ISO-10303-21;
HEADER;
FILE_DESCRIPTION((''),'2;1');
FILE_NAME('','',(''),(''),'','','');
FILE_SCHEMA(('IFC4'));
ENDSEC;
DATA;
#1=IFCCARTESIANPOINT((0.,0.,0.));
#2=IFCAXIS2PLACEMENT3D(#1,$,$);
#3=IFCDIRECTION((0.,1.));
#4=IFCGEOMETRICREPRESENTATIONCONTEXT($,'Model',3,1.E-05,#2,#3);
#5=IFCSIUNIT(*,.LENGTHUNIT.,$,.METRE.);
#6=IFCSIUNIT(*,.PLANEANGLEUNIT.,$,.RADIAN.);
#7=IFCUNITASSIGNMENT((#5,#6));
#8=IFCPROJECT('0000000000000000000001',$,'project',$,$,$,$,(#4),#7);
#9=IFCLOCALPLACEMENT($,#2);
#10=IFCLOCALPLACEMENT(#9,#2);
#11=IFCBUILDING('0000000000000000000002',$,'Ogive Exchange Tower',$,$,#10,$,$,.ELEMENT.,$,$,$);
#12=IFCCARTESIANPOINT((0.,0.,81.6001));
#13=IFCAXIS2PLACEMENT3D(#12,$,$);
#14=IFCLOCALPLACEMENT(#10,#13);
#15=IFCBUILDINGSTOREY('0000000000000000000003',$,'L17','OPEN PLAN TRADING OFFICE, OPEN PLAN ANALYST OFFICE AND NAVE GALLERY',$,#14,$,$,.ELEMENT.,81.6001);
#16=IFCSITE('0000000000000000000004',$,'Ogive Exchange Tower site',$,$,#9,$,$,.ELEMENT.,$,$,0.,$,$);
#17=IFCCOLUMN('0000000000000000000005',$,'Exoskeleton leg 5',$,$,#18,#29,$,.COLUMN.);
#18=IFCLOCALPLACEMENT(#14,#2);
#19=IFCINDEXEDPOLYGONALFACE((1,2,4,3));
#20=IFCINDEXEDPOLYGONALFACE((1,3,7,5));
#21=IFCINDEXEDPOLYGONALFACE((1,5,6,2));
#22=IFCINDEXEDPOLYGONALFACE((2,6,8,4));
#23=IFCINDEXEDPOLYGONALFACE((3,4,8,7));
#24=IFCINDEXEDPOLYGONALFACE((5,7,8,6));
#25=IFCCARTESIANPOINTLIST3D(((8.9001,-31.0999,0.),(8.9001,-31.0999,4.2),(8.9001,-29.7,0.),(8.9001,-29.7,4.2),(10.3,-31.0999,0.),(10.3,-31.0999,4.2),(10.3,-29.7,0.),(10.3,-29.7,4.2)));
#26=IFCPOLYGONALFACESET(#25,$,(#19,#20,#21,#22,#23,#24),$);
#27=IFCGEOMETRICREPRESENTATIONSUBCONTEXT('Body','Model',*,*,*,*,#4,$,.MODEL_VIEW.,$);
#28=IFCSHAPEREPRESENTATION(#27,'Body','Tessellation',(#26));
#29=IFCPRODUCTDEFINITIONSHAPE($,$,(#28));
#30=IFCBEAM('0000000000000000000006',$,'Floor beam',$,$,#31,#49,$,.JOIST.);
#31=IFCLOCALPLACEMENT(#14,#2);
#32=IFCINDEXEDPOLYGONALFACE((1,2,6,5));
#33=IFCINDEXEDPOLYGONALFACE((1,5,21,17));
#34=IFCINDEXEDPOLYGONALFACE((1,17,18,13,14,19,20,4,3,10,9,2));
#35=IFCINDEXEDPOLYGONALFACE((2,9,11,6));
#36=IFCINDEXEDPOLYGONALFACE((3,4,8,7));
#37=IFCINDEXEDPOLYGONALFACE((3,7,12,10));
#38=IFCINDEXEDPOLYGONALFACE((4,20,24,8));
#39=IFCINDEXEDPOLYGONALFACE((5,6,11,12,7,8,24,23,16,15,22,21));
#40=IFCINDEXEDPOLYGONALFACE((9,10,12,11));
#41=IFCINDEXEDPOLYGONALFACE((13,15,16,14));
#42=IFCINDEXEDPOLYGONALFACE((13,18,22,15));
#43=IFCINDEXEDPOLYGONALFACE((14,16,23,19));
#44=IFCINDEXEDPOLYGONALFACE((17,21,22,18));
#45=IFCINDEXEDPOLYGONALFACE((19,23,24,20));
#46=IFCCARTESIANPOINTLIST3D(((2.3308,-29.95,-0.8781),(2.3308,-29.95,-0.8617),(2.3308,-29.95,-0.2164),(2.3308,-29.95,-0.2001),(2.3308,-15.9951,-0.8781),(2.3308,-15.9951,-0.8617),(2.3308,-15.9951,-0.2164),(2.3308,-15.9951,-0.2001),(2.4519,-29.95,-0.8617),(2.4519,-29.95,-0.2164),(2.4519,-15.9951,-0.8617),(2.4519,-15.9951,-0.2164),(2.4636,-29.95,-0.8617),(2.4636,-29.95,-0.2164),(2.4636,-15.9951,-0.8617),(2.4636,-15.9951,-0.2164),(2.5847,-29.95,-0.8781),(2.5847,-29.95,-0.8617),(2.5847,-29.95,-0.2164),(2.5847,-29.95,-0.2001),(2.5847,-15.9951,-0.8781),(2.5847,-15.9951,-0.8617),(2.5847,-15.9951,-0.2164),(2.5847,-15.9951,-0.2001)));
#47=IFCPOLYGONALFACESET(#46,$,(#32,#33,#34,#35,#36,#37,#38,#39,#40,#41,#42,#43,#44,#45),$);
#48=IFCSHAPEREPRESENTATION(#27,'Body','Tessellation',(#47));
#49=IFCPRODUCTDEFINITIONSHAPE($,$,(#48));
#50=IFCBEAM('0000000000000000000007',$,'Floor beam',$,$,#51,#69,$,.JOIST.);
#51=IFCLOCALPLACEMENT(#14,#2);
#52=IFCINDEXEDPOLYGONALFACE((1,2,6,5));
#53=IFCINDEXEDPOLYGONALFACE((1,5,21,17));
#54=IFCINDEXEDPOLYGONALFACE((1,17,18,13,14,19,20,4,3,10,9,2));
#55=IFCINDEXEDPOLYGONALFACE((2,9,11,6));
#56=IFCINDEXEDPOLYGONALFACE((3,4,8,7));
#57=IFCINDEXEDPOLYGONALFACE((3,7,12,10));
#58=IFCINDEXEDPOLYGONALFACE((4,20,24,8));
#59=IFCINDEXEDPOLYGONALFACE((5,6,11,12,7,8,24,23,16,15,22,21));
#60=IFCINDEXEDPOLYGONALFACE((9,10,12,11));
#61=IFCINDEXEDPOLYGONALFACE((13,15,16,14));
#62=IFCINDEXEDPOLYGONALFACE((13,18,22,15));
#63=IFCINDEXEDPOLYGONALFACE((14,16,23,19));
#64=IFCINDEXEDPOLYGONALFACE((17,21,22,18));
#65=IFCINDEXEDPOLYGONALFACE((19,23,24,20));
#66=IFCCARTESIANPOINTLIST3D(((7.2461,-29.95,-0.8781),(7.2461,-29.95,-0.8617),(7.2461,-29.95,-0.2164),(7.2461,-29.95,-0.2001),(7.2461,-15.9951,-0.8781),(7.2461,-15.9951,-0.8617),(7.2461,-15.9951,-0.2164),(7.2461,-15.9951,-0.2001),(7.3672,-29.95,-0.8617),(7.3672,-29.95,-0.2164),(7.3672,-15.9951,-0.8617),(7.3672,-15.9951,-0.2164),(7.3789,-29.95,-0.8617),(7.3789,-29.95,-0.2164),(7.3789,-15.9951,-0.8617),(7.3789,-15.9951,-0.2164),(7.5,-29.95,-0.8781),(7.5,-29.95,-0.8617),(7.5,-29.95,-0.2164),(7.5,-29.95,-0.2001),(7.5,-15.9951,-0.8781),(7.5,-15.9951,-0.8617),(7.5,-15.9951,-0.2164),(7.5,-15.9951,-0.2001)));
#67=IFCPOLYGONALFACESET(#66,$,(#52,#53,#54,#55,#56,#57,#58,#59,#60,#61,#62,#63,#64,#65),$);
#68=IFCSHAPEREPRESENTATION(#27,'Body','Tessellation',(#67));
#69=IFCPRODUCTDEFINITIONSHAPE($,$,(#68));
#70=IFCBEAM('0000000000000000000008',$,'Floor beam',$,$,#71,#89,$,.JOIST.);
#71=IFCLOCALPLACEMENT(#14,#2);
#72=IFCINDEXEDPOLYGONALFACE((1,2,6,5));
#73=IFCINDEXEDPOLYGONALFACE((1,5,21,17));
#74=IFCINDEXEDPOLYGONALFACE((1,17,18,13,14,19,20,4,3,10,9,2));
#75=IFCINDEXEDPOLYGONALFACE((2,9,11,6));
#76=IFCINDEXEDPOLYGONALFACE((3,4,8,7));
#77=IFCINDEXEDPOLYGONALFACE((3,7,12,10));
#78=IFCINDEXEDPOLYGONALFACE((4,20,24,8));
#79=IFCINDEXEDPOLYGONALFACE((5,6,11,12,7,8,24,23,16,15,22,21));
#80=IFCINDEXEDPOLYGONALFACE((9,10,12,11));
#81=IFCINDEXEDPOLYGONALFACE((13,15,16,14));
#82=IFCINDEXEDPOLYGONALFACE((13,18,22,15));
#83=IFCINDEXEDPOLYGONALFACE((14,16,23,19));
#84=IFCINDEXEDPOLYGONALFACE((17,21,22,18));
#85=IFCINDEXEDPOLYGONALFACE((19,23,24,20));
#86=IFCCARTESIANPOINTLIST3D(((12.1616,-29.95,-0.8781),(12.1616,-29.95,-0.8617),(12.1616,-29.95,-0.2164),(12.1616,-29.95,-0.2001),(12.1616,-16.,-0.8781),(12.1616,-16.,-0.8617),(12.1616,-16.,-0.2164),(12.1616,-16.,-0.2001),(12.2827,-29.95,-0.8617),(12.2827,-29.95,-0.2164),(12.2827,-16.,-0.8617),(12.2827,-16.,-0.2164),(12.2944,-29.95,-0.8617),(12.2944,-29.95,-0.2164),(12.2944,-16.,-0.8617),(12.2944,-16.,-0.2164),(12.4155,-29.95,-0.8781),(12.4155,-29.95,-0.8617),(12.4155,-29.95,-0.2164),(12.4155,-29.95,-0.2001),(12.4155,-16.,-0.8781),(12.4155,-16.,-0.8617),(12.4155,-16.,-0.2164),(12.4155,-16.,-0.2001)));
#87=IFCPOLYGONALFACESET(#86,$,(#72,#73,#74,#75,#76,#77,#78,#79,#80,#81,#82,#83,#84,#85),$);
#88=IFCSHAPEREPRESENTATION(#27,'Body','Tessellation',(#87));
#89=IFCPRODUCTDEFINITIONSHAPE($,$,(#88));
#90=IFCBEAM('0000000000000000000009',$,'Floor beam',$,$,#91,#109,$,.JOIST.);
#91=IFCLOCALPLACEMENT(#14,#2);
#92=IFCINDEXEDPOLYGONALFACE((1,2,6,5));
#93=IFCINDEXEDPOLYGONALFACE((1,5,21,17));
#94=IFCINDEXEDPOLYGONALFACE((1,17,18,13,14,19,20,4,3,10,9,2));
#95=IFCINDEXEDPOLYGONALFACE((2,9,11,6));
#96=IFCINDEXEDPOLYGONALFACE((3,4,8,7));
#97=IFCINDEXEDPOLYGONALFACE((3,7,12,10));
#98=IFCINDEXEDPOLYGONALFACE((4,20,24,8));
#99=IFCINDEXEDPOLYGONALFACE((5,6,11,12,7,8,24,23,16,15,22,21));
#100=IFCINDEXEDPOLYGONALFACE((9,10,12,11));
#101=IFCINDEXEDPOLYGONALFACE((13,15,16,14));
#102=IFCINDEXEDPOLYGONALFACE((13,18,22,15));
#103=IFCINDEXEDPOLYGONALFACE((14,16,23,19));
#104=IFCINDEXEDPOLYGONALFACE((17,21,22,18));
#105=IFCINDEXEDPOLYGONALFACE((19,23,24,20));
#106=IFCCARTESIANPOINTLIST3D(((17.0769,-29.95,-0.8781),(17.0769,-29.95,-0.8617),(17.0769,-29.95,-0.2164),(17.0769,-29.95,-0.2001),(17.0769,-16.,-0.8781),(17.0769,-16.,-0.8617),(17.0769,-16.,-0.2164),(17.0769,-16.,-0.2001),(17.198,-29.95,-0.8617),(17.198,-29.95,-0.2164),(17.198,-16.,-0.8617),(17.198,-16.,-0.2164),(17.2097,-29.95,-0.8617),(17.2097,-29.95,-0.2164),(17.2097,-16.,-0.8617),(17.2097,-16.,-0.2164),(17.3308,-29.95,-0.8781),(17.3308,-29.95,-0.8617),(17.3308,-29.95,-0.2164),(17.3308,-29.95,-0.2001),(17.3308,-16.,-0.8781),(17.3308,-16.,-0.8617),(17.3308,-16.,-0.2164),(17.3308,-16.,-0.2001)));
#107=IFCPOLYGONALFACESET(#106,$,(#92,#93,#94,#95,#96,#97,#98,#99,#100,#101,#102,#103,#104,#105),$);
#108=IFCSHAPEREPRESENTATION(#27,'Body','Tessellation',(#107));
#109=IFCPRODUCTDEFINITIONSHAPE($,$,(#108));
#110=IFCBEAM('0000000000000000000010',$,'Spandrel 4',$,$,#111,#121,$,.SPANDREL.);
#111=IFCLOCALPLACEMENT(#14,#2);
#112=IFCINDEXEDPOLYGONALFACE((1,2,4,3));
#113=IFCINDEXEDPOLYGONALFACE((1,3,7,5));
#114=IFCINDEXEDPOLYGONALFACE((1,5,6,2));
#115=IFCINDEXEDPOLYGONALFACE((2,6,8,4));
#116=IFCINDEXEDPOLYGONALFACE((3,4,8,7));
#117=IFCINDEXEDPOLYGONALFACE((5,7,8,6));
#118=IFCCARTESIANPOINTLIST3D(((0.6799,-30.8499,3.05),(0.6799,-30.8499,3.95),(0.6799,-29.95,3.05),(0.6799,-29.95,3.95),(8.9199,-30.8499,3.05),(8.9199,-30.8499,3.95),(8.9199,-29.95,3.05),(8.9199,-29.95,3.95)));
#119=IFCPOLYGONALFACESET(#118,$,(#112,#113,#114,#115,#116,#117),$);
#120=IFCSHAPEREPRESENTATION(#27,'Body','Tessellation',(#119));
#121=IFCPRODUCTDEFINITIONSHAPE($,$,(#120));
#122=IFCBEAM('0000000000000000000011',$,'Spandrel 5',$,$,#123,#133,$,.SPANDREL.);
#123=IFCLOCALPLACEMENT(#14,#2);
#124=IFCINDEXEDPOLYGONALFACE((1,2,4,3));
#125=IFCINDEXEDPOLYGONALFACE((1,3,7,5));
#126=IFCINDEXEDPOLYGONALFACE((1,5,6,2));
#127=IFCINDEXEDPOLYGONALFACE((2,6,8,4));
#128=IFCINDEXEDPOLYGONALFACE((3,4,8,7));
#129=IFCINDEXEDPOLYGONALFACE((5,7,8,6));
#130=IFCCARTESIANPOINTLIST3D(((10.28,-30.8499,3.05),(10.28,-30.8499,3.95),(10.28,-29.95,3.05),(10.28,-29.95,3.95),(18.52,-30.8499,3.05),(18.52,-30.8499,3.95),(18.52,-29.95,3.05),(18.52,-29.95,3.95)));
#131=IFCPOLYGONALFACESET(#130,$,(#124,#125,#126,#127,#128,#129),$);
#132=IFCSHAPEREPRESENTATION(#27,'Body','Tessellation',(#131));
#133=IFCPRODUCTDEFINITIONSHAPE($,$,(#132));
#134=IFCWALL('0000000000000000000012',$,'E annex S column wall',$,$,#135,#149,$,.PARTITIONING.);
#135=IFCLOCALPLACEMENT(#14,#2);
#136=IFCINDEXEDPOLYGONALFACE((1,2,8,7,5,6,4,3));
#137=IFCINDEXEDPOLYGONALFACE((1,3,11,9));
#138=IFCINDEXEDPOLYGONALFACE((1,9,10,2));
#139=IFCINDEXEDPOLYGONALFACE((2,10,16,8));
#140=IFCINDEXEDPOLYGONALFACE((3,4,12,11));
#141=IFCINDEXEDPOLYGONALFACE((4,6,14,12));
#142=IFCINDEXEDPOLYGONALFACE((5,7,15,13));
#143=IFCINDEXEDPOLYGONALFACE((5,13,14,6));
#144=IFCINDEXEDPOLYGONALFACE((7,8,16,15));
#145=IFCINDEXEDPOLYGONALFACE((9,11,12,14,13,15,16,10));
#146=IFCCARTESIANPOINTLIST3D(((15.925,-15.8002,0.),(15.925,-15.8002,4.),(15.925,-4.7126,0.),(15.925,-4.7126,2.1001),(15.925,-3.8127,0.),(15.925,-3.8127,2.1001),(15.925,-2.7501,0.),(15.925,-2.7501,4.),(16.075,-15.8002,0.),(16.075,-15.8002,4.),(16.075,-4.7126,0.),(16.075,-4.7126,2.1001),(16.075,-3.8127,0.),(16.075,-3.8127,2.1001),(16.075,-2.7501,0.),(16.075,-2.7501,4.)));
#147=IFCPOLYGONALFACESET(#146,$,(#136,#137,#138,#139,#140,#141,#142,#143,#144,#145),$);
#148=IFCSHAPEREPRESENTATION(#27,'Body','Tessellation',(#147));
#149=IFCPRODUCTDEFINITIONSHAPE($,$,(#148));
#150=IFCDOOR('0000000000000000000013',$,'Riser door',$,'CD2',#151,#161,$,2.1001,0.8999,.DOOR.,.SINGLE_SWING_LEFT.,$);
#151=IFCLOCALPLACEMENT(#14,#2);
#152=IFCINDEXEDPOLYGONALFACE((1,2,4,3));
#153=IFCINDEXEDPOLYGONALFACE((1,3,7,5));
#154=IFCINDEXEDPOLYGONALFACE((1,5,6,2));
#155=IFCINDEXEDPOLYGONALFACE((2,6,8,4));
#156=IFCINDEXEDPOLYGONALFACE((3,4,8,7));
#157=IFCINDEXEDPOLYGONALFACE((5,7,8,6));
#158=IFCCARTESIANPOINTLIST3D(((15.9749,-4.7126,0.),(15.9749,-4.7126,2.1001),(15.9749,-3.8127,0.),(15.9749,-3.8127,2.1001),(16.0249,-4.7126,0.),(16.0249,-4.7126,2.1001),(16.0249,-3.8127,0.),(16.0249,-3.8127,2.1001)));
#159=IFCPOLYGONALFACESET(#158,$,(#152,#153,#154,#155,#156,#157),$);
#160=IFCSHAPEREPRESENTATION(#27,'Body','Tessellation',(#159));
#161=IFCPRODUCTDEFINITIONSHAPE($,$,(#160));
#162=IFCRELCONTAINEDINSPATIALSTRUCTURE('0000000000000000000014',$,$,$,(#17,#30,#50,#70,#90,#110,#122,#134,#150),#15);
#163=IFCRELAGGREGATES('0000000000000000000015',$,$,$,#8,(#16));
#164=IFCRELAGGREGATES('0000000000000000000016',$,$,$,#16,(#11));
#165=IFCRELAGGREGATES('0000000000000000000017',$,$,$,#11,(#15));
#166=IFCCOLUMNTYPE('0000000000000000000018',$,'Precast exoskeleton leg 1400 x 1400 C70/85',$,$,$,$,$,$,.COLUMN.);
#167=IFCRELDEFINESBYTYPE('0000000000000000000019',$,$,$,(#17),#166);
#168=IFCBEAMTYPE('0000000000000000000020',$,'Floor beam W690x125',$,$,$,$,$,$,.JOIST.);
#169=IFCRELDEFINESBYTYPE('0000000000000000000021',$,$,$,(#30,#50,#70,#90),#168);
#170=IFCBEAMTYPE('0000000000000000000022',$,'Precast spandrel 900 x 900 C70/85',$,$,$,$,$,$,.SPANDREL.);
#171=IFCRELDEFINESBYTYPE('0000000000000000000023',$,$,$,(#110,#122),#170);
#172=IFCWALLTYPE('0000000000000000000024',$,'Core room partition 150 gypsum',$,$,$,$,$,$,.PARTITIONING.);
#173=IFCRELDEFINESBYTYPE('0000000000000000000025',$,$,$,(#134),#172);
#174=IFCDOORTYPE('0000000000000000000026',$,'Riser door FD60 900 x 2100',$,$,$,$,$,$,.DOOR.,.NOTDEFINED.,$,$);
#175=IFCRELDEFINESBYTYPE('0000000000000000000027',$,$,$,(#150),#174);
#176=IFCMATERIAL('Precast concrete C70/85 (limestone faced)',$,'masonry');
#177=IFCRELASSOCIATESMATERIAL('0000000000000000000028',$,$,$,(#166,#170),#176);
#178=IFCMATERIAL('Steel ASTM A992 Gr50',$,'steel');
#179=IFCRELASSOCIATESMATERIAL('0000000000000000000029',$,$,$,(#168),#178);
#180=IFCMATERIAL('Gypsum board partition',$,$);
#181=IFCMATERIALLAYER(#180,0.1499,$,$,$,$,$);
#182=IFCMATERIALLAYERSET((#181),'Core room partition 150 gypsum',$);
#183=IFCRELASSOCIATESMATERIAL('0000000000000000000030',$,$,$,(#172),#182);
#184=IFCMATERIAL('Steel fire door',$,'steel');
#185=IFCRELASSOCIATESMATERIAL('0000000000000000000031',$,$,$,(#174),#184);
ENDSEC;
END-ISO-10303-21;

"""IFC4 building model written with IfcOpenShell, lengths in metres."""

from ifc_helpers import new_model, si_unit, direction, frame, frame_2d, origin, origin_2d, place, context, subcontext, project, spatial, rectangle, i_section, extrude, material, layer, layer_set, material_profile, profile_set, type_object, element, fill, save


model = new_model("IFC4")

# Units and contexts
model_context = context("Model", 3, precision=1e-05, world=origin(), true_north=direction((0.0, 1.0)))
body_context = subcontext(model_context, "Body", "Model", "MODEL_VIEW")
ifc_project = project(units=[si_unit("LENGTHUNIT", "METRE"), si_unit("PLANEANGLEUNIT", "RADIAN")], contexts=[model_context])

# Site, building, storey
site_placement = place(None, origin())
site = spatial("IfcSite", under=ifc_project, at=site_placement, Name="Ogive Exchange Tower site", CompositionType="ELEMENT", RefElevation=0.0)
building_placement = place(site_placement, origin())
building = spatial("IfcBuilding", under=site, at=building_placement, Name="Ogive Exchange Tower", CompositionType="ELEMENT")
storey_placement = place(building_placement, frame((0.0, 0.0, 81.6001)))
storey = spatial("IfcBuildingStorey", under=building, at=storey_placement, Name="L17", Description="OPEN PLAN TRADING OFFICE, OPEN PLAN ANALYST OFFICE AND NAVE GALLERY", CompositionType="ELEMENT", Elevation=81.6001)

# Column
ifc_material_1 = material(Name="Precast concrete C70/85 (limestone faced)", Category="masonry")
ifc_material_profile_1 = material_profile(ifc_material_1, rectangle(XDim=1.3999, YDim=1.3999, at=origin_2d()), Name="1400 x 1400")
ifc_profile_set_1 = profile_set([ifc_material_profile_1], Name="Precast concrete C70/85 (limestone faced)")
column_type = type_object("IfcColumnType", Name="Precast exoskeleton leg 1400 x 1400 C70/85", PredefinedType="COLUMN", material=ifc_profile_set_1)
column_placement = place(storey_placement, frame((9.6001, -30.3999, 0.0), z_axis=(0.0, 0.0, 1.0), x_axis=(1.0, 0.0, 0.0)))
element("IfcColumn", 1, at=column_placement, inside=storey, type_object=column_type, Name="Exoskeleton leg 5", PredefinedType="COLUMN", context=body_context, shape_type="SweptSolid", body=[
    extrude(rectangle(XDim=1.3999, YDim=1.3999, at=origin_2d()), origin(), (0.0, 0.0, 1.0), 4.2),
])

# Beams
ifc_material_2 = material(Name="Steel ASTM A992 Gr50", Category="steel")
ifc_material_profile_2 = material_profile(ifc_material_2, i_section(OverallWidth=0.2539, OverallDepth=0.678, WebThickness=0.0117, FlangeThickness=0.0164, at=origin_2d()), Name="W690x125")
ifc_profile_set_2 = profile_set([ifc_material_profile_2], Name="Steel ASTM A992 Gr50")
beam_type_1 = type_object("IfcBeamType", Name="Floor beam W690x125", PredefinedType="JOIST", material=ifc_profile_set_2)
for number, where, z_axis, x_axis, name in (
    (2, (2.4578, -29.95, -0.5391), (0.0, 1.0, 0.0), (-1.0, 0.0, 0.0), "Floor beam"),
    (3, (7.373, -29.95, -0.5391), (0.0, 1.0, 0.0), (-1.0, 0.0, 0.0), "Floor beam"),
):
    element("IfcBeam", number, at=place(storey_placement, frame(where, z_axis=z_axis, x_axis=x_axis)), inside=storey, type_object=beam_type_1, Name=name, PredefinedType="JOIST", context=body_context, shape_type="SweptSolid", body=[
        extrude(i_section(OverallWidth=0.2539, OverallDepth=0.678, WebThickness=0.0117, FlangeThickness=0.0164, at=origin_2d()), origin(), (0.0, 0.0, 1.0), 13.9548),
    ])
for number, where, z_axis, x_axis, name in (
    (4, (12.2886, -29.95, -0.5391), (0.0, 1.0, 0.0), (-1.0, 0.0, 0.0), "Floor beam"),
    (5, (17.2039, -29.95, -0.5391), (0.0, 1.0, 0.0), (-1.0, 0.0, 0.0), "Floor beam"),
):
    element("IfcBeam", number, at=place(storey_placement, frame(where, z_axis=z_axis, x_axis=x_axis)), inside=storey, type_object=beam_type_1, Name=name, PredefinedType="JOIST", context=body_context, shape_type="SweptSolid", body=[
        extrude(i_section(OverallWidth=0.2539, OverallDepth=0.678, WebThickness=0.0117, FlangeThickness=0.0164, at=origin_2d()), origin(), (0.0, 0.0, 1.0), 13.95),
    ])
ifc_material_profile_3 = material_profile(ifc_material_1, rectangle(XDim=0.8999, YDim=0.8999, at=origin_2d()), Name="900 x 900")
ifc_profile_set_3 = profile_set([ifc_material_profile_3], Name="Precast concrete C70/85 (limestone faced)")
beam_type_2 = type_object("IfcBeamType", Name="Precast spandrel 900 x 900 C70/85", PredefinedType="SPANDREL", material=ifc_profile_set_3)
for number, where, z_axis, x_axis, name in (
    (6, (0.6799, -30.3999, 3.5), (1.0, 0.0, 0.0), (0.0, 1.0, 0.0), "Spandrel 4"),
    (7, (10.28, -30.3999, 3.5), (1.0, 0.0, 0.0), (0.0, 1.0, 0.0), "Spandrel 5"),
):
    element("IfcBeam", number, at=place(storey_placement, frame(where, z_axis=z_axis, x_axis=x_axis)), inside=storey, type_object=beam_type_2, Name=name, PredefinedType="SPANDREL", context=body_context, shape_type="SweptSolid", body=[
        extrude(rectangle(XDim=0.8999, YDim=0.8999, at=origin_2d()), origin(), (0.0, 0.0, 1.0), 8.24),
    ])

# Wall, opening, door
ifc_material_3 = material(Name="Gypsum board partition")
ifc_layer_1 = layer(ifc_material_3, 0.1499)
ifc_layer_set_1 = layer_set([ifc_layer_1], Name="Core room partition 150 gypsum")
wall_type_1 = type_object("IfcWallType", Name="Core room partition 150 gypsum", PredefinedType="PARTITIONING", material=ifc_layer_set_1)
wall_1_placement = place(storey_placement, frame((16.0, -15.8, 0.0), z_axis=(0.0, 0.0, 1.0), x_axis=(0.0, 1.0, 0.0)))
wall_1 = element("IfcWall", 8, at=wall_1_placement, inside=storey, type_object=wall_type_1, Name="E annex S column wall", PredefinedType="PARTITIONING", context=body_context, shape_type="SweptSolid", body=[
    extrude(rectangle(XDim=13.05, YDim=0.1499, at=frame_2d((6.5249, 0.0))), origin(), (0.0, 0.0, 1.0), 4.0),
])
opening_1_placement = place(wall_1_placement, frame((11.0874, 0.0, 0.0)))
opening_1 = element("IfcOpeningElement", 9, at=opening_1_placement, cuts=wall_1, PredefinedType="OPENING", context=body_context, shape_type="SweptSolid", body=[
    extrude(rectangle(XDim=0.8999, YDim=2.1001, at=frame_2d((0.45, 1.05))), frame((0.0, 0.085, 0.0), z_axis=(0.0, -1.0, 0.0), x_axis=(1.0, 0.0, 0.0)), (0.0, 0.0, 1.0), 0.1699),
])
ifc_material_4 = material(Name="Steel fire door", Category="steel")
door_type_1 = type_object("IfcDoorType", Name="Riser door FD60 900 x 2100", OperationType="NOTDEFINED", PredefinedType="DOOR", material=ifc_material_4)
door_1_placement = place(opening_1_placement, frame((0.8999, 0.0, 0.0), z_axis=(0.0, 0.0, 1.0), x_axis=(-1.0, 0.0, 0.0)))
door_1 = element("IfcDoor", 10, at=door_1_placement, inside=storey, type_object=door_type_1, Name="Riser door", ObjectType="CD2", OperationType="SINGLE_SWING_LEFT", OverallHeight=2.1001, OverallWidth=0.8999, PredefinedType="DOOR", context=body_context, shape_type="SweptSolid", body=[
    extrude(rectangle(XDim=0.8999, YDim=2.1001, at=frame_2d((0.45, 1.05))), frame((0.0, 0.0249, 0.0), z_axis=(0.0, -1.0, 0.0), x_axis=(1.0, 0.0, 0.0)), (0.0, 0.0, 1.0), 0.05),
])
fill(opening_1, door_1)

save(model, "model.ifc")
